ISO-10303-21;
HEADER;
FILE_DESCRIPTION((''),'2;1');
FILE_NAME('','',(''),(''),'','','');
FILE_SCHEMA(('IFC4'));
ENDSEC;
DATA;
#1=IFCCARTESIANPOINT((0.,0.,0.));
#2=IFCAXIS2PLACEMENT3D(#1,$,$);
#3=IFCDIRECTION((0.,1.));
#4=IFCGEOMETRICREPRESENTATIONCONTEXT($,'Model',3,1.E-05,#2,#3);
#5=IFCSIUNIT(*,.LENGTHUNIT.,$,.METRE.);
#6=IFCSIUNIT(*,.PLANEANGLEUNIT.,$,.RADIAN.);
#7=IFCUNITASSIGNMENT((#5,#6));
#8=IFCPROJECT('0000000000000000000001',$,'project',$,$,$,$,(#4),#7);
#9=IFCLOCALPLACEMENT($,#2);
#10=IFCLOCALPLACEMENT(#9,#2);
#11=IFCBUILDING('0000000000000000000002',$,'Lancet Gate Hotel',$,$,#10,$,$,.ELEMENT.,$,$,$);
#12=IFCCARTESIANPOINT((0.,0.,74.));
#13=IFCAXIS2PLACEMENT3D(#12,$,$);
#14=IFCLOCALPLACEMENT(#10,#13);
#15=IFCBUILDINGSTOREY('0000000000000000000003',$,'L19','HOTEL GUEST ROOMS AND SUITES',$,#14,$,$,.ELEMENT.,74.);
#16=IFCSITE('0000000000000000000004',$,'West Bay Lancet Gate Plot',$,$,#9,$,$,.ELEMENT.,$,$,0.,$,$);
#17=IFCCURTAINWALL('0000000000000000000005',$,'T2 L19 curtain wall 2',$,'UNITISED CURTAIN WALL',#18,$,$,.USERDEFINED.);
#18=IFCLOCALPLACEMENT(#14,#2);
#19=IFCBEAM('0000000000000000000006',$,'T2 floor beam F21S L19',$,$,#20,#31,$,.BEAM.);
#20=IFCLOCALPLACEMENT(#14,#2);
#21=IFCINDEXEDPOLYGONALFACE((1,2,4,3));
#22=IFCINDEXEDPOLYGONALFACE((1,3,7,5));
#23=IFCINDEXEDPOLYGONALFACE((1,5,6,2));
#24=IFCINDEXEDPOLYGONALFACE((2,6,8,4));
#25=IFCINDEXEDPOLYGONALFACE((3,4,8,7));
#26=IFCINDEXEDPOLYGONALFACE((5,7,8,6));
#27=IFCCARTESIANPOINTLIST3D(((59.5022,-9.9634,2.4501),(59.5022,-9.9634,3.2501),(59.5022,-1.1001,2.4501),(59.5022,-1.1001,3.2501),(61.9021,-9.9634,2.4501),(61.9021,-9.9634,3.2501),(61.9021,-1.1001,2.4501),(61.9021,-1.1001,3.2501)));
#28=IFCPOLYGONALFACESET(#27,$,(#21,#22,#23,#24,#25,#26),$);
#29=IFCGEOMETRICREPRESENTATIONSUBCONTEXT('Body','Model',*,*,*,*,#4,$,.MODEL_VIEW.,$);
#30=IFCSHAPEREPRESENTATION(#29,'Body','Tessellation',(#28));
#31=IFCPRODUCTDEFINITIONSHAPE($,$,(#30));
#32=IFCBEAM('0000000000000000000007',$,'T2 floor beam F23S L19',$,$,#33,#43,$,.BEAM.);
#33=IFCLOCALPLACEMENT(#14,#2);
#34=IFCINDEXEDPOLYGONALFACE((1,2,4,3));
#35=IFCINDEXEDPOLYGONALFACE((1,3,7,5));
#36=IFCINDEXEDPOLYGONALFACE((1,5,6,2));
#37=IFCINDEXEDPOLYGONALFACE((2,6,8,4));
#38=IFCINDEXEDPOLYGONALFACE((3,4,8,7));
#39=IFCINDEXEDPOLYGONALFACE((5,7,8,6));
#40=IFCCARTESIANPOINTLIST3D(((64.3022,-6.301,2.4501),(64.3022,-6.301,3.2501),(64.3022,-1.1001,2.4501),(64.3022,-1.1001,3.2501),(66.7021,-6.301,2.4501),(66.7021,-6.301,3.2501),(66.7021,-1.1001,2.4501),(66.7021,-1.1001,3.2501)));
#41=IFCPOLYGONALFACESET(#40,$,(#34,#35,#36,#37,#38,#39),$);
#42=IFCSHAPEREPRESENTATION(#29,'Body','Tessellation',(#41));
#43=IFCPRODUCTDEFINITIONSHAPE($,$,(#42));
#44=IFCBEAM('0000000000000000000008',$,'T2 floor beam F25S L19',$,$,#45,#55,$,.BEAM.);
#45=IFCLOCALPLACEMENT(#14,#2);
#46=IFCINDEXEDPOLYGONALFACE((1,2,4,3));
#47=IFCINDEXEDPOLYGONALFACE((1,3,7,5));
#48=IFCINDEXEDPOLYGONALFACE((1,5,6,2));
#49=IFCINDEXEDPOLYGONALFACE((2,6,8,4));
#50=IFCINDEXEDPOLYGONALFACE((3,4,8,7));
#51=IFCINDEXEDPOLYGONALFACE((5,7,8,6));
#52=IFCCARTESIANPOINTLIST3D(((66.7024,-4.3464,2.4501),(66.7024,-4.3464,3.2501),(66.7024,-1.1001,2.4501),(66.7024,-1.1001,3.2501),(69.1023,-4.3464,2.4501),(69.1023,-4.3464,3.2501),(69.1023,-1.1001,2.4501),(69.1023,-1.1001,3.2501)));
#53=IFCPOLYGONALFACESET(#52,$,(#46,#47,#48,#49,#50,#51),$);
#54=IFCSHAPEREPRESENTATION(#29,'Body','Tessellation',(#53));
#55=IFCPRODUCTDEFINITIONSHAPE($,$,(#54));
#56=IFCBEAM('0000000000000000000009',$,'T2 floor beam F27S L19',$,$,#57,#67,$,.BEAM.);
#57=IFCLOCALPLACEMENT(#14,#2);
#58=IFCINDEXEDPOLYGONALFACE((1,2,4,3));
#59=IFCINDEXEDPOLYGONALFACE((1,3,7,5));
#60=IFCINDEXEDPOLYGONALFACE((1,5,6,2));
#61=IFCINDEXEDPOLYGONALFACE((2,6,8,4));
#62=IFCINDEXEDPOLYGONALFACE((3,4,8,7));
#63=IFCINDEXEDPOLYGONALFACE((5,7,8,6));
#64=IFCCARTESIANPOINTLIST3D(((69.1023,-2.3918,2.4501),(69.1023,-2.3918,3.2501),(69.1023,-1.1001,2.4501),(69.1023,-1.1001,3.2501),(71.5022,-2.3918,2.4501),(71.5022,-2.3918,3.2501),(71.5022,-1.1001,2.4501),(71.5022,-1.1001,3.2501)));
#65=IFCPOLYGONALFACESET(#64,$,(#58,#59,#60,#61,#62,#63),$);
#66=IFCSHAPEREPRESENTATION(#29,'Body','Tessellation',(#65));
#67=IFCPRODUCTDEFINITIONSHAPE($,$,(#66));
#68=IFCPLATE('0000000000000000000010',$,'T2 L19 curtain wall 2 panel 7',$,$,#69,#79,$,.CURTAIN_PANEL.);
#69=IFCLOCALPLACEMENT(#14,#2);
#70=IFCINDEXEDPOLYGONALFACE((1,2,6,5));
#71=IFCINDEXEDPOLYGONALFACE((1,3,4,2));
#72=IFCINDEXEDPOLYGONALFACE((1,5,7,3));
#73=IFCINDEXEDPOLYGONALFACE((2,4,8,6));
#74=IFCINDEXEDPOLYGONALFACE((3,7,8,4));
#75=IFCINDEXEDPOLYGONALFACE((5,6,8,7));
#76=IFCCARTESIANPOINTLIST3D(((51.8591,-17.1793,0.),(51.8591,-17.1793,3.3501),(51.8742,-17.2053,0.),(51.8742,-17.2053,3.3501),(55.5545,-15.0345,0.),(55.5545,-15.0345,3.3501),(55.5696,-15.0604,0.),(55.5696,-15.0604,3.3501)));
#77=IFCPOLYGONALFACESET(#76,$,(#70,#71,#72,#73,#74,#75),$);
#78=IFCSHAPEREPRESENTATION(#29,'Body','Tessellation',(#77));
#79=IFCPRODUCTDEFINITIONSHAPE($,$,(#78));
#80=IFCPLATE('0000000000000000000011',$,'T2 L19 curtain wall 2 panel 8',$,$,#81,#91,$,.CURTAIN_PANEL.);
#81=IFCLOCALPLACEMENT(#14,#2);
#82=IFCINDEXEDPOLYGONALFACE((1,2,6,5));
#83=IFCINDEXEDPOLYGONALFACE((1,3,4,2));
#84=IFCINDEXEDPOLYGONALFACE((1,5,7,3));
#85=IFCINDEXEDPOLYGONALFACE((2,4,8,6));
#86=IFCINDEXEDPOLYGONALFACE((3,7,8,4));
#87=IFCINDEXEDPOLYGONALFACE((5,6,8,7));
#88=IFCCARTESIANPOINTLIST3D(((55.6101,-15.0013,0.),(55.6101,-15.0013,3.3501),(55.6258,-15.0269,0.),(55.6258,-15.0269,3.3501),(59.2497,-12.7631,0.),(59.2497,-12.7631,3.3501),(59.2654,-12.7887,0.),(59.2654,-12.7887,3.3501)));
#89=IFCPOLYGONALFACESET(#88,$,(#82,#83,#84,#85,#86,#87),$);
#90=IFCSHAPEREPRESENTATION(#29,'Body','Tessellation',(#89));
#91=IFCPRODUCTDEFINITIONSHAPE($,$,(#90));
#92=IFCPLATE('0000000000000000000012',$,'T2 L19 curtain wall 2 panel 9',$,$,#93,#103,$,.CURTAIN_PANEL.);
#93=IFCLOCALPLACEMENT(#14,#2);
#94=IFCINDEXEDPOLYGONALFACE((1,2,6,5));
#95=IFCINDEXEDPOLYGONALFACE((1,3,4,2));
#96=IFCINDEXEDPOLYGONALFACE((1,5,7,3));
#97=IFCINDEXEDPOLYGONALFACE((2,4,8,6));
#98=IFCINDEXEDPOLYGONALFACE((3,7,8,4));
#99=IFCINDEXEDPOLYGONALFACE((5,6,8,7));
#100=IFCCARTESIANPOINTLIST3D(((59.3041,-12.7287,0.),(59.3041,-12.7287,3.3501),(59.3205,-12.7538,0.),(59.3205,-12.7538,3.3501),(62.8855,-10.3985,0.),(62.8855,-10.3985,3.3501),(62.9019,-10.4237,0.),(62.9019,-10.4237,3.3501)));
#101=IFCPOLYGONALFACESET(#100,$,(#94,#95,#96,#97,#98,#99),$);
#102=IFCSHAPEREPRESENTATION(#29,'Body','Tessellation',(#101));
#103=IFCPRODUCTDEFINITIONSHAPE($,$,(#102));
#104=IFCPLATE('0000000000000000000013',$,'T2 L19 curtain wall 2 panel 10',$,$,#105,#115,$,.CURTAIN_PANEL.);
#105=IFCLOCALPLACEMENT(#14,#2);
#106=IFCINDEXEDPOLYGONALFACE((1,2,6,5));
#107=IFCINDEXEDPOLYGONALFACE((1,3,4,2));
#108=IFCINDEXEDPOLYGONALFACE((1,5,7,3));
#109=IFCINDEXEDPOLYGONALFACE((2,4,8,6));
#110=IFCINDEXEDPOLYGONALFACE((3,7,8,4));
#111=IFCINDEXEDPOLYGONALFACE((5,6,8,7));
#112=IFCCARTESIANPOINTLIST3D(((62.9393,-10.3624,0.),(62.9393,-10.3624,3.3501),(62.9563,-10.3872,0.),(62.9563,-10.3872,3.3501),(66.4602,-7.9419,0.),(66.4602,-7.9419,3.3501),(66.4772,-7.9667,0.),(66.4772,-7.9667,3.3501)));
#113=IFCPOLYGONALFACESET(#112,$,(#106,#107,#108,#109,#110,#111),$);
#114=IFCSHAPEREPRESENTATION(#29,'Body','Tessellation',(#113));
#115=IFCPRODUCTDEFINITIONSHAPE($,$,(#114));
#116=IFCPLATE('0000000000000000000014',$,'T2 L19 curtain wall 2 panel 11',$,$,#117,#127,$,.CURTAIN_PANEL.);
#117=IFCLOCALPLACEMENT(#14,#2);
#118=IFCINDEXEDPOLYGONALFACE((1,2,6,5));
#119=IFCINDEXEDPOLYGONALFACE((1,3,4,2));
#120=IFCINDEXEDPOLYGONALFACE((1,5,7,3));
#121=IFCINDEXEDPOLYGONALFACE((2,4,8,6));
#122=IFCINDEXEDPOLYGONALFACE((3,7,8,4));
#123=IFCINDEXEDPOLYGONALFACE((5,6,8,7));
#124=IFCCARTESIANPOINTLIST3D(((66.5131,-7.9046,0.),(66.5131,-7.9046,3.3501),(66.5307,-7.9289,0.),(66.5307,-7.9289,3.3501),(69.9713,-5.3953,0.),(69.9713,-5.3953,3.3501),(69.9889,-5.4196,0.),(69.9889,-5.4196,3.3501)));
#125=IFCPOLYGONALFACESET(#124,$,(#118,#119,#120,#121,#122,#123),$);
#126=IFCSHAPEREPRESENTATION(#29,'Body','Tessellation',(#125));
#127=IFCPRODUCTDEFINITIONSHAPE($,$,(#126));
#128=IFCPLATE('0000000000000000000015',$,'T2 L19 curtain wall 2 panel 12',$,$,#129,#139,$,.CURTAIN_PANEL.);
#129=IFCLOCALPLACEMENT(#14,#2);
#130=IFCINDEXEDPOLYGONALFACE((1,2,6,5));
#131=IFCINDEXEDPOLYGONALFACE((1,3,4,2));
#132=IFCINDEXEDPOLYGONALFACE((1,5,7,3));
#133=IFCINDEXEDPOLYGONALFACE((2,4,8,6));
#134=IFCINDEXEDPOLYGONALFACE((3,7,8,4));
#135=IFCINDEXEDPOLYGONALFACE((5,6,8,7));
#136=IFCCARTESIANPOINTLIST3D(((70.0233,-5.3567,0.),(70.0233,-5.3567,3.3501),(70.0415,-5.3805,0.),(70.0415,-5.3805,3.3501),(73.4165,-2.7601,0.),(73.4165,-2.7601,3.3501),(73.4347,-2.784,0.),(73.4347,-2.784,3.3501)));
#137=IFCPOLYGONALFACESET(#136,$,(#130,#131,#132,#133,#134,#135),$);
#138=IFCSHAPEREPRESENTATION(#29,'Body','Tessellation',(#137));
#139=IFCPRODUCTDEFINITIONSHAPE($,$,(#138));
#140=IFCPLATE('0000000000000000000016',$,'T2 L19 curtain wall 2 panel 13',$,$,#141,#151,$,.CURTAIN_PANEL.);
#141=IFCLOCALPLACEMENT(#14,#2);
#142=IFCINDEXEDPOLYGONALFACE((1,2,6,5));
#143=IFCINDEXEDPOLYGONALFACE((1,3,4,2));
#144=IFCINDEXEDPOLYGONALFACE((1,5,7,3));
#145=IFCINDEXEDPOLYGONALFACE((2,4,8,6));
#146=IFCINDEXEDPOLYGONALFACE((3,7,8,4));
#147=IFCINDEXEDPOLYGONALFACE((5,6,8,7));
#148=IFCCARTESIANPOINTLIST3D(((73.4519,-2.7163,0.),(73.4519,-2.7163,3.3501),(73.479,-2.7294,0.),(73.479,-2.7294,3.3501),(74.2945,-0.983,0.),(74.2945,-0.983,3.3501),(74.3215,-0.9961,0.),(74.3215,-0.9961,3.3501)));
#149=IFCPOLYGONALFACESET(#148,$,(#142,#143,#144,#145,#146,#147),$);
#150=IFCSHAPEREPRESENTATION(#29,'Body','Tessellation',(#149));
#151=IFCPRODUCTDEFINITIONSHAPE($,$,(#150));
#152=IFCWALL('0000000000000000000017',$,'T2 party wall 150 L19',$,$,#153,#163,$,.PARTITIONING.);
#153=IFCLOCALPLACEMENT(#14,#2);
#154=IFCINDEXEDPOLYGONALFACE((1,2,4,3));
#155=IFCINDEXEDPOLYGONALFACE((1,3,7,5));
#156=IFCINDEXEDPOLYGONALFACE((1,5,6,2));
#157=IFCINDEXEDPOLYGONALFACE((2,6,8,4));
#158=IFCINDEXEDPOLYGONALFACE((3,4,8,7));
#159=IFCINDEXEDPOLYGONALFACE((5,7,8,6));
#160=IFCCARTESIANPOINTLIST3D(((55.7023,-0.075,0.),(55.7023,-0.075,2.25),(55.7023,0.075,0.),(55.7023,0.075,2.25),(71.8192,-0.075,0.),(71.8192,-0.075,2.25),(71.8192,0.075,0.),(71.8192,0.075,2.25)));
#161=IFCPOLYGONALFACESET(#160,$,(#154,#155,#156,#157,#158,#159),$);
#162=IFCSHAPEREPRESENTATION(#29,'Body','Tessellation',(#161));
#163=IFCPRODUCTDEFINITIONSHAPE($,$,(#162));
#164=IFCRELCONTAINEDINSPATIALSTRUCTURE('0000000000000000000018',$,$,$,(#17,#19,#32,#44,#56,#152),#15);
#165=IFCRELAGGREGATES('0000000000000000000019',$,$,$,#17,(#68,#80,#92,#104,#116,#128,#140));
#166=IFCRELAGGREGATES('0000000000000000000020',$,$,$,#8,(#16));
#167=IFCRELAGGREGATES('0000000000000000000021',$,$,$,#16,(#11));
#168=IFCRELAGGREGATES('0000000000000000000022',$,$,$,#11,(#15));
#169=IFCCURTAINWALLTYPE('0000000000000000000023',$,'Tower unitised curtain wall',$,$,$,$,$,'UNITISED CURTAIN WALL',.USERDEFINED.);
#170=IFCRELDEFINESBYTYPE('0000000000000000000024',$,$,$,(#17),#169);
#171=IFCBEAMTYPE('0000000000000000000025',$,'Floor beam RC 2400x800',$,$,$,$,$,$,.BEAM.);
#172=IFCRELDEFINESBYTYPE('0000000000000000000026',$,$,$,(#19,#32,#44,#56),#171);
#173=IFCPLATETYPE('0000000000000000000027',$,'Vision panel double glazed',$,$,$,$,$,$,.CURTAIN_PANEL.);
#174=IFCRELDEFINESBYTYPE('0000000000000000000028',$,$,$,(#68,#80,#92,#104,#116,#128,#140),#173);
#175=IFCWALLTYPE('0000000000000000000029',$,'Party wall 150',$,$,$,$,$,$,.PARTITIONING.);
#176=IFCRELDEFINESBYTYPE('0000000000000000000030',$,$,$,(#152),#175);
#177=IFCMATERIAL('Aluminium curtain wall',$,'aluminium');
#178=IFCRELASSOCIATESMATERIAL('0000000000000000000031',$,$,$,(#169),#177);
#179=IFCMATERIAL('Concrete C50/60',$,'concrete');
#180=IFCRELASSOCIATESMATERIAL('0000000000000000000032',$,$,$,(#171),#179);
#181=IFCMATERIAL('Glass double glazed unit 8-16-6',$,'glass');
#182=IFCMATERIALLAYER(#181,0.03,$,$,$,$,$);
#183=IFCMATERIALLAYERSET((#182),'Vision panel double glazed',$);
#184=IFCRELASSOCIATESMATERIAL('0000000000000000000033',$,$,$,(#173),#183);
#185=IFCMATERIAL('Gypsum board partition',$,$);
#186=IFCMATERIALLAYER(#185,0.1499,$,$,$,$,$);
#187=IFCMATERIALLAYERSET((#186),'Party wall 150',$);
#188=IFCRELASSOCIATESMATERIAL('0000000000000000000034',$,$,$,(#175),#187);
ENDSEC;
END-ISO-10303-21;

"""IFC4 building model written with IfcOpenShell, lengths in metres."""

from ifc_helpers import new_model, si_unit, direction, frame, frame_2d, origin, origin_2d, place, context, subcontext, project, spatial, rectangle, extrude, material, layer, layer_set, material_profile, profile_set, type_object, element, aggregate, save


model = new_model("IFC4")

# Units and contexts
model_context = context("Model", 3, precision=1e-05, world=origin(), true_north=direction((0.0, 1.0)))
body_context = subcontext(model_context, "Body", "Model", "MODEL_VIEW")
ifc_project = project(units=[si_unit("LENGTHUNIT", "METRE"), si_unit("PLANEANGLEUNIT", "RADIAN")], contexts=[model_context])

# Site, building, storey
site_placement = place(None, origin())
site = spatial("IfcSite", under=ifc_project, at=site_placement, Name="West Bay Lancet Gate Plot", CompositionType="ELEMENT", RefElevation=0.0)
building_placement = place(site_placement, origin())
building = spatial("IfcBuilding", under=site, at=building_placement, Name="Lancet Gate Hotel", CompositionType="ELEMENT")
storey_placement = place(building_placement, frame((0.0, 0.0, 74.0)))
storey = spatial("IfcBuildingStorey", under=building, at=storey_placement, Name="L19", Description="HOTEL GUEST ROOMS AND SUITES", CompositionType="ELEMENT", Elevation=74.0)

# Curtain wall
ifc_material_1 = material(Name="Aluminium curtain wall", Category="aluminium")
curtain_wall_type = type_object("IfcCurtainWallType", Name="Tower unitised curtain wall", ElementType="UNITISED CURTAIN WALL", PredefinedType="USERDEFINED", material=ifc_material_1)
curtain_wall_placement = place(storey_placement, origin())
curtain_wall = element("IfcCurtainWall", 1, at=curtain_wall_placement, inside=storey, type_object=curtain_wall_type, Name="T2 L19 curtain wall 2", ObjectType="UNITISED CURTAIN WALL", PredefinedType="USERDEFINED")

# Beams
ifc_material_2 = material(Name="Concrete C50/60", Category="concrete")
ifc_material_profile_1 = material_profile(ifc_material_2, rectangle(XDim=2.3999, YDim=0.8, at=origin_2d()), Name="RC 2400x800")
ifc_profile_set_1 = profile_set([ifc_material_profile_1], Name="Concrete C50/60")
beam_type_1 = type_object("IfcBeamType", Name="Floor beam RC 2400x800", PredefinedType="BEAM", material=ifc_profile_set_1)
beam_1_placement = place(storey_placement, frame((60.7021, -9.9634, 2.8501), z_axis=(0.0, 1.0, 0.0), x_axis=(-1.0, 0.0, 0.0)))
element("IfcBeam", 2, at=beam_1_placement, inside=storey, type_object=beam_type_1, Name="T2 floor beam F21S L19", PredefinedType="BEAM", context=body_context, shape_type="SweptSolid", body=[
    extrude(rectangle(XDim=2.3999, YDim=0.8, at=origin_2d()), origin(), (0.0, 0.0, 1.0), 8.8633),
])
beam_2_placement = place(storey_placement, frame((65.5022, -6.301, 2.8501), z_axis=(0.0, 1.0, 0.0), x_axis=(-1.0, 0.0, 0.0)))
element("IfcBeam", 3, at=beam_2_placement, inside=storey, type_object=beam_type_1, Name="T2 floor beam F23S L19", PredefinedType="BEAM", context=body_context, shape_type="SweptSolid", body=[
    extrude(rectangle(XDim=2.3999, YDim=0.8, at=origin_2d()), origin(), (0.0, 0.0, 1.0), 5.2009),
])
beam_3_placement = place(storey_placement, frame((67.9023, -4.3464, 2.8501), z_axis=(0.0, 1.0, 0.0), x_axis=(-1.0, 0.0, 0.0)))
element("IfcBeam", 4, at=beam_3_placement, inside=storey, type_object=beam_type_1, Name="T2 floor beam F25S L19", PredefinedType="BEAM", context=body_context, shape_type="SweptSolid", body=[
    extrude(rectangle(XDim=2.3999, YDim=0.8, at=origin_2d()), origin(), (0.0, 0.0, 1.0), 3.2463),
])
beam_4_placement = place(storey_placement, frame((70.3022, -2.3918, 2.8501), z_axis=(0.0, 1.0, 0.0), x_axis=(-1.0, 0.0, 0.0)))
element("IfcBeam", 5, at=beam_4_placement, inside=storey, type_object=beam_type_1, Name="T2 floor beam F27S L19", PredefinedType="BEAM", context=body_context, shape_type="SweptSolid", body=[
    extrude(rectangle(XDim=2.3999, YDim=0.8, at=origin_2d()), origin(), (0.0, 0.0, 1.0), 1.2917),
])

# Plates
ifc_material_3 = material(Name="Glass double glazed unit 8-16-6", Category="glass")
ifc_layer_1 = layer(ifc_material_3, 0.03)
ifc_layer_set_1 = layer_set([ifc_layer_1], Name="Vision panel double glazed")
plate_type = type_object("IfcPlateType", Name="Vision panel double glazed", PredefinedType="CURTAIN_PANEL", material=ifc_layer_set_1)
plate_1_placement = place(storey_placement, frame((53.7144, -16.1199, 0.0), z_axis=(0.0, 0.0, 1.0), x_axis=(0.864872, 0.501993, 0.0)))
plate_1 = element("IfcPlate", 6, at=plate_1_placement, type_object=plate_type, Name="T2 L19 curtain wall 2 panel 7", PredefinedType="CURTAIN_PANEL", context=body_context, shape_type="SweptSolid", body=[
    extrude(rectangle(XDim=4.2727, YDim=0.03, at=origin_2d()), origin(), (0.0, 0.0, 1.0), 3.3501),
])
plate_2_placement = place(storey_placement, frame((57.4377, -13.895, 0.0), z_axis=(0.0, 0.0, 1.0), x_axis=(0.851815, 0.523842, 0.0)))
plate_2 = element("IfcPlate", 7, at=plate_2_placement, type_object=plate_type, Name="T2 L19 curtain wall 2 panel 8", PredefinedType="CURTAIN_PANEL", context=body_context, shape_type="SweptSolid", body=[
    extrude(rectangle(XDim=4.2727, YDim=0.03, at=origin_2d()), origin(), (0.0, 0.0, 1.0), 3.3501),
])
plate_3_placement = place(storey_placement, frame((61.103, -11.5762, 0.0), z_axis=(0.0, 0.0, 1.0), x_axis=(0.838207, 0.545353, 0.0)))
plate_3 = element("IfcPlate", 8, at=plate_3_placement, type_object=plate_type, Name="T2 L19 curtain wall 2 panel 9", PredefinedType="CURTAIN_PANEL", context=body_context, shape_type="SweptSolid", body=[
    extrude(rectangle(XDim=4.2727, YDim=0.03, at=origin_2d()), origin(), (0.0, 0.0, 1.0), 3.3501),
])
plate_4_placement = place(storey_placement, frame((64.7083, -9.1646, 0.0), z_axis=(0.0, 0.0, 1.0), x_axis=(0.824055, 0.566509, 0.0)))
plate_4 = element("IfcPlate", 9, at=plate_4_placement, type_object=plate_type, Name="T2 L19 curtain wall 2 panel 10", PredefinedType="CURTAIN_PANEL", context=body_context, shape_type="SweptSolid", body=[
    extrude(rectangle(XDim=4.2727, YDim=0.03, at=origin_2d()), origin(), (0.0, 0.0, 1.0), 3.3501),
])
plate_5_placement = place(storey_placement, frame((68.251, -6.6621, 0.0), z_axis=(0.0, 0.0, 1.0), x_axis=(0.80937, 0.587299, 0.0)))
plate_5 = element("IfcPlate", 10, at=plate_5_placement, type_object=plate_type, Name="T2 L19 curtain wall 2 panel 11", PredefinedType="CURTAIN_PANEL", context=body_context, shape_type="SweptSolid", body=[
    extrude(rectangle(XDim=4.2727, YDim=0.03, at=origin_2d()), origin(), (0.0, 0.0, 1.0), 3.3501),
])
plate_6_placement = place(storey_placement, frame((71.729, -4.0703, 0.0), z_axis=(0.0, 0.0, 1.0), x_axis=(0.79416, 0.607709, 0.0)))
plate_6 = element("IfcPlate", 11, at=plate_6_placement, type_object=plate_type, Name="T2 L19 curtain wall 2 panel 12", PredefinedType="CURTAIN_PANEL", context=body_context, shape_type="SweptSolid", body=[
    extrude(rectangle(XDim=4.2727, YDim=0.03, at=origin_2d()), origin(), (0.0, 0.0, 1.0), 3.3501),
])
plate_7_placement = place(storey_placement, frame((73.8867, -1.8562, 0.0), z_axis=(0.0, 0.0, 1.0), x_axis=(0.437169, 0.899379, 0.0)))
plate_7 = element("IfcPlate", 12, at=plate_7_placement, type_object=plate_type, Name="T2 L19 curtain wall 2 panel 13", PredefinedType="CURTAIN_PANEL", context=body_context, shape_type="SweptSolid", body=[
    extrude(rectangle(XDim=1.9272, YDim=0.03, at=origin_2d()), origin(), (0.0, 0.0, 1.0), 3.3501),
])
aggregate(curtain_wall, [plate_1, plate_2, plate_3, plate_4, plate_5, plate_6, plate_7])

# Wall
ifc_material_4 = material(Name="Gypsum board partition")
ifc_layer_2 = layer(ifc_material_4, 0.1499)
ifc_layer_set_2 = layer_set([ifc_layer_2], Name="Party wall 150")
wall_type = type_object("IfcWallType", Name="Party wall 150", PredefinedType="PARTITIONING", material=ifc_layer_set_2)
wall_placement = place(storey_placement, frame((55.7021, 0.0, 0.0), z_axis=(0.0, 0.0, 1.0), x_axis=(1.0, 0.0, 0.0)))
element("IfcWall", 13, at=wall_placement, inside=storey, type_object=wall_type, Name="T2 party wall 150 L19", PredefinedType="PARTITIONING", context=body_context, shape_type="SweptSolid", body=[
    extrude(rectangle(XDim=16.1169, YDim=0.1499, at=frame_2d((8.0586, 0.0))), origin(), (0.0, 0.0, 1.0), 2.25),
])

save(model, "model.ifc")
